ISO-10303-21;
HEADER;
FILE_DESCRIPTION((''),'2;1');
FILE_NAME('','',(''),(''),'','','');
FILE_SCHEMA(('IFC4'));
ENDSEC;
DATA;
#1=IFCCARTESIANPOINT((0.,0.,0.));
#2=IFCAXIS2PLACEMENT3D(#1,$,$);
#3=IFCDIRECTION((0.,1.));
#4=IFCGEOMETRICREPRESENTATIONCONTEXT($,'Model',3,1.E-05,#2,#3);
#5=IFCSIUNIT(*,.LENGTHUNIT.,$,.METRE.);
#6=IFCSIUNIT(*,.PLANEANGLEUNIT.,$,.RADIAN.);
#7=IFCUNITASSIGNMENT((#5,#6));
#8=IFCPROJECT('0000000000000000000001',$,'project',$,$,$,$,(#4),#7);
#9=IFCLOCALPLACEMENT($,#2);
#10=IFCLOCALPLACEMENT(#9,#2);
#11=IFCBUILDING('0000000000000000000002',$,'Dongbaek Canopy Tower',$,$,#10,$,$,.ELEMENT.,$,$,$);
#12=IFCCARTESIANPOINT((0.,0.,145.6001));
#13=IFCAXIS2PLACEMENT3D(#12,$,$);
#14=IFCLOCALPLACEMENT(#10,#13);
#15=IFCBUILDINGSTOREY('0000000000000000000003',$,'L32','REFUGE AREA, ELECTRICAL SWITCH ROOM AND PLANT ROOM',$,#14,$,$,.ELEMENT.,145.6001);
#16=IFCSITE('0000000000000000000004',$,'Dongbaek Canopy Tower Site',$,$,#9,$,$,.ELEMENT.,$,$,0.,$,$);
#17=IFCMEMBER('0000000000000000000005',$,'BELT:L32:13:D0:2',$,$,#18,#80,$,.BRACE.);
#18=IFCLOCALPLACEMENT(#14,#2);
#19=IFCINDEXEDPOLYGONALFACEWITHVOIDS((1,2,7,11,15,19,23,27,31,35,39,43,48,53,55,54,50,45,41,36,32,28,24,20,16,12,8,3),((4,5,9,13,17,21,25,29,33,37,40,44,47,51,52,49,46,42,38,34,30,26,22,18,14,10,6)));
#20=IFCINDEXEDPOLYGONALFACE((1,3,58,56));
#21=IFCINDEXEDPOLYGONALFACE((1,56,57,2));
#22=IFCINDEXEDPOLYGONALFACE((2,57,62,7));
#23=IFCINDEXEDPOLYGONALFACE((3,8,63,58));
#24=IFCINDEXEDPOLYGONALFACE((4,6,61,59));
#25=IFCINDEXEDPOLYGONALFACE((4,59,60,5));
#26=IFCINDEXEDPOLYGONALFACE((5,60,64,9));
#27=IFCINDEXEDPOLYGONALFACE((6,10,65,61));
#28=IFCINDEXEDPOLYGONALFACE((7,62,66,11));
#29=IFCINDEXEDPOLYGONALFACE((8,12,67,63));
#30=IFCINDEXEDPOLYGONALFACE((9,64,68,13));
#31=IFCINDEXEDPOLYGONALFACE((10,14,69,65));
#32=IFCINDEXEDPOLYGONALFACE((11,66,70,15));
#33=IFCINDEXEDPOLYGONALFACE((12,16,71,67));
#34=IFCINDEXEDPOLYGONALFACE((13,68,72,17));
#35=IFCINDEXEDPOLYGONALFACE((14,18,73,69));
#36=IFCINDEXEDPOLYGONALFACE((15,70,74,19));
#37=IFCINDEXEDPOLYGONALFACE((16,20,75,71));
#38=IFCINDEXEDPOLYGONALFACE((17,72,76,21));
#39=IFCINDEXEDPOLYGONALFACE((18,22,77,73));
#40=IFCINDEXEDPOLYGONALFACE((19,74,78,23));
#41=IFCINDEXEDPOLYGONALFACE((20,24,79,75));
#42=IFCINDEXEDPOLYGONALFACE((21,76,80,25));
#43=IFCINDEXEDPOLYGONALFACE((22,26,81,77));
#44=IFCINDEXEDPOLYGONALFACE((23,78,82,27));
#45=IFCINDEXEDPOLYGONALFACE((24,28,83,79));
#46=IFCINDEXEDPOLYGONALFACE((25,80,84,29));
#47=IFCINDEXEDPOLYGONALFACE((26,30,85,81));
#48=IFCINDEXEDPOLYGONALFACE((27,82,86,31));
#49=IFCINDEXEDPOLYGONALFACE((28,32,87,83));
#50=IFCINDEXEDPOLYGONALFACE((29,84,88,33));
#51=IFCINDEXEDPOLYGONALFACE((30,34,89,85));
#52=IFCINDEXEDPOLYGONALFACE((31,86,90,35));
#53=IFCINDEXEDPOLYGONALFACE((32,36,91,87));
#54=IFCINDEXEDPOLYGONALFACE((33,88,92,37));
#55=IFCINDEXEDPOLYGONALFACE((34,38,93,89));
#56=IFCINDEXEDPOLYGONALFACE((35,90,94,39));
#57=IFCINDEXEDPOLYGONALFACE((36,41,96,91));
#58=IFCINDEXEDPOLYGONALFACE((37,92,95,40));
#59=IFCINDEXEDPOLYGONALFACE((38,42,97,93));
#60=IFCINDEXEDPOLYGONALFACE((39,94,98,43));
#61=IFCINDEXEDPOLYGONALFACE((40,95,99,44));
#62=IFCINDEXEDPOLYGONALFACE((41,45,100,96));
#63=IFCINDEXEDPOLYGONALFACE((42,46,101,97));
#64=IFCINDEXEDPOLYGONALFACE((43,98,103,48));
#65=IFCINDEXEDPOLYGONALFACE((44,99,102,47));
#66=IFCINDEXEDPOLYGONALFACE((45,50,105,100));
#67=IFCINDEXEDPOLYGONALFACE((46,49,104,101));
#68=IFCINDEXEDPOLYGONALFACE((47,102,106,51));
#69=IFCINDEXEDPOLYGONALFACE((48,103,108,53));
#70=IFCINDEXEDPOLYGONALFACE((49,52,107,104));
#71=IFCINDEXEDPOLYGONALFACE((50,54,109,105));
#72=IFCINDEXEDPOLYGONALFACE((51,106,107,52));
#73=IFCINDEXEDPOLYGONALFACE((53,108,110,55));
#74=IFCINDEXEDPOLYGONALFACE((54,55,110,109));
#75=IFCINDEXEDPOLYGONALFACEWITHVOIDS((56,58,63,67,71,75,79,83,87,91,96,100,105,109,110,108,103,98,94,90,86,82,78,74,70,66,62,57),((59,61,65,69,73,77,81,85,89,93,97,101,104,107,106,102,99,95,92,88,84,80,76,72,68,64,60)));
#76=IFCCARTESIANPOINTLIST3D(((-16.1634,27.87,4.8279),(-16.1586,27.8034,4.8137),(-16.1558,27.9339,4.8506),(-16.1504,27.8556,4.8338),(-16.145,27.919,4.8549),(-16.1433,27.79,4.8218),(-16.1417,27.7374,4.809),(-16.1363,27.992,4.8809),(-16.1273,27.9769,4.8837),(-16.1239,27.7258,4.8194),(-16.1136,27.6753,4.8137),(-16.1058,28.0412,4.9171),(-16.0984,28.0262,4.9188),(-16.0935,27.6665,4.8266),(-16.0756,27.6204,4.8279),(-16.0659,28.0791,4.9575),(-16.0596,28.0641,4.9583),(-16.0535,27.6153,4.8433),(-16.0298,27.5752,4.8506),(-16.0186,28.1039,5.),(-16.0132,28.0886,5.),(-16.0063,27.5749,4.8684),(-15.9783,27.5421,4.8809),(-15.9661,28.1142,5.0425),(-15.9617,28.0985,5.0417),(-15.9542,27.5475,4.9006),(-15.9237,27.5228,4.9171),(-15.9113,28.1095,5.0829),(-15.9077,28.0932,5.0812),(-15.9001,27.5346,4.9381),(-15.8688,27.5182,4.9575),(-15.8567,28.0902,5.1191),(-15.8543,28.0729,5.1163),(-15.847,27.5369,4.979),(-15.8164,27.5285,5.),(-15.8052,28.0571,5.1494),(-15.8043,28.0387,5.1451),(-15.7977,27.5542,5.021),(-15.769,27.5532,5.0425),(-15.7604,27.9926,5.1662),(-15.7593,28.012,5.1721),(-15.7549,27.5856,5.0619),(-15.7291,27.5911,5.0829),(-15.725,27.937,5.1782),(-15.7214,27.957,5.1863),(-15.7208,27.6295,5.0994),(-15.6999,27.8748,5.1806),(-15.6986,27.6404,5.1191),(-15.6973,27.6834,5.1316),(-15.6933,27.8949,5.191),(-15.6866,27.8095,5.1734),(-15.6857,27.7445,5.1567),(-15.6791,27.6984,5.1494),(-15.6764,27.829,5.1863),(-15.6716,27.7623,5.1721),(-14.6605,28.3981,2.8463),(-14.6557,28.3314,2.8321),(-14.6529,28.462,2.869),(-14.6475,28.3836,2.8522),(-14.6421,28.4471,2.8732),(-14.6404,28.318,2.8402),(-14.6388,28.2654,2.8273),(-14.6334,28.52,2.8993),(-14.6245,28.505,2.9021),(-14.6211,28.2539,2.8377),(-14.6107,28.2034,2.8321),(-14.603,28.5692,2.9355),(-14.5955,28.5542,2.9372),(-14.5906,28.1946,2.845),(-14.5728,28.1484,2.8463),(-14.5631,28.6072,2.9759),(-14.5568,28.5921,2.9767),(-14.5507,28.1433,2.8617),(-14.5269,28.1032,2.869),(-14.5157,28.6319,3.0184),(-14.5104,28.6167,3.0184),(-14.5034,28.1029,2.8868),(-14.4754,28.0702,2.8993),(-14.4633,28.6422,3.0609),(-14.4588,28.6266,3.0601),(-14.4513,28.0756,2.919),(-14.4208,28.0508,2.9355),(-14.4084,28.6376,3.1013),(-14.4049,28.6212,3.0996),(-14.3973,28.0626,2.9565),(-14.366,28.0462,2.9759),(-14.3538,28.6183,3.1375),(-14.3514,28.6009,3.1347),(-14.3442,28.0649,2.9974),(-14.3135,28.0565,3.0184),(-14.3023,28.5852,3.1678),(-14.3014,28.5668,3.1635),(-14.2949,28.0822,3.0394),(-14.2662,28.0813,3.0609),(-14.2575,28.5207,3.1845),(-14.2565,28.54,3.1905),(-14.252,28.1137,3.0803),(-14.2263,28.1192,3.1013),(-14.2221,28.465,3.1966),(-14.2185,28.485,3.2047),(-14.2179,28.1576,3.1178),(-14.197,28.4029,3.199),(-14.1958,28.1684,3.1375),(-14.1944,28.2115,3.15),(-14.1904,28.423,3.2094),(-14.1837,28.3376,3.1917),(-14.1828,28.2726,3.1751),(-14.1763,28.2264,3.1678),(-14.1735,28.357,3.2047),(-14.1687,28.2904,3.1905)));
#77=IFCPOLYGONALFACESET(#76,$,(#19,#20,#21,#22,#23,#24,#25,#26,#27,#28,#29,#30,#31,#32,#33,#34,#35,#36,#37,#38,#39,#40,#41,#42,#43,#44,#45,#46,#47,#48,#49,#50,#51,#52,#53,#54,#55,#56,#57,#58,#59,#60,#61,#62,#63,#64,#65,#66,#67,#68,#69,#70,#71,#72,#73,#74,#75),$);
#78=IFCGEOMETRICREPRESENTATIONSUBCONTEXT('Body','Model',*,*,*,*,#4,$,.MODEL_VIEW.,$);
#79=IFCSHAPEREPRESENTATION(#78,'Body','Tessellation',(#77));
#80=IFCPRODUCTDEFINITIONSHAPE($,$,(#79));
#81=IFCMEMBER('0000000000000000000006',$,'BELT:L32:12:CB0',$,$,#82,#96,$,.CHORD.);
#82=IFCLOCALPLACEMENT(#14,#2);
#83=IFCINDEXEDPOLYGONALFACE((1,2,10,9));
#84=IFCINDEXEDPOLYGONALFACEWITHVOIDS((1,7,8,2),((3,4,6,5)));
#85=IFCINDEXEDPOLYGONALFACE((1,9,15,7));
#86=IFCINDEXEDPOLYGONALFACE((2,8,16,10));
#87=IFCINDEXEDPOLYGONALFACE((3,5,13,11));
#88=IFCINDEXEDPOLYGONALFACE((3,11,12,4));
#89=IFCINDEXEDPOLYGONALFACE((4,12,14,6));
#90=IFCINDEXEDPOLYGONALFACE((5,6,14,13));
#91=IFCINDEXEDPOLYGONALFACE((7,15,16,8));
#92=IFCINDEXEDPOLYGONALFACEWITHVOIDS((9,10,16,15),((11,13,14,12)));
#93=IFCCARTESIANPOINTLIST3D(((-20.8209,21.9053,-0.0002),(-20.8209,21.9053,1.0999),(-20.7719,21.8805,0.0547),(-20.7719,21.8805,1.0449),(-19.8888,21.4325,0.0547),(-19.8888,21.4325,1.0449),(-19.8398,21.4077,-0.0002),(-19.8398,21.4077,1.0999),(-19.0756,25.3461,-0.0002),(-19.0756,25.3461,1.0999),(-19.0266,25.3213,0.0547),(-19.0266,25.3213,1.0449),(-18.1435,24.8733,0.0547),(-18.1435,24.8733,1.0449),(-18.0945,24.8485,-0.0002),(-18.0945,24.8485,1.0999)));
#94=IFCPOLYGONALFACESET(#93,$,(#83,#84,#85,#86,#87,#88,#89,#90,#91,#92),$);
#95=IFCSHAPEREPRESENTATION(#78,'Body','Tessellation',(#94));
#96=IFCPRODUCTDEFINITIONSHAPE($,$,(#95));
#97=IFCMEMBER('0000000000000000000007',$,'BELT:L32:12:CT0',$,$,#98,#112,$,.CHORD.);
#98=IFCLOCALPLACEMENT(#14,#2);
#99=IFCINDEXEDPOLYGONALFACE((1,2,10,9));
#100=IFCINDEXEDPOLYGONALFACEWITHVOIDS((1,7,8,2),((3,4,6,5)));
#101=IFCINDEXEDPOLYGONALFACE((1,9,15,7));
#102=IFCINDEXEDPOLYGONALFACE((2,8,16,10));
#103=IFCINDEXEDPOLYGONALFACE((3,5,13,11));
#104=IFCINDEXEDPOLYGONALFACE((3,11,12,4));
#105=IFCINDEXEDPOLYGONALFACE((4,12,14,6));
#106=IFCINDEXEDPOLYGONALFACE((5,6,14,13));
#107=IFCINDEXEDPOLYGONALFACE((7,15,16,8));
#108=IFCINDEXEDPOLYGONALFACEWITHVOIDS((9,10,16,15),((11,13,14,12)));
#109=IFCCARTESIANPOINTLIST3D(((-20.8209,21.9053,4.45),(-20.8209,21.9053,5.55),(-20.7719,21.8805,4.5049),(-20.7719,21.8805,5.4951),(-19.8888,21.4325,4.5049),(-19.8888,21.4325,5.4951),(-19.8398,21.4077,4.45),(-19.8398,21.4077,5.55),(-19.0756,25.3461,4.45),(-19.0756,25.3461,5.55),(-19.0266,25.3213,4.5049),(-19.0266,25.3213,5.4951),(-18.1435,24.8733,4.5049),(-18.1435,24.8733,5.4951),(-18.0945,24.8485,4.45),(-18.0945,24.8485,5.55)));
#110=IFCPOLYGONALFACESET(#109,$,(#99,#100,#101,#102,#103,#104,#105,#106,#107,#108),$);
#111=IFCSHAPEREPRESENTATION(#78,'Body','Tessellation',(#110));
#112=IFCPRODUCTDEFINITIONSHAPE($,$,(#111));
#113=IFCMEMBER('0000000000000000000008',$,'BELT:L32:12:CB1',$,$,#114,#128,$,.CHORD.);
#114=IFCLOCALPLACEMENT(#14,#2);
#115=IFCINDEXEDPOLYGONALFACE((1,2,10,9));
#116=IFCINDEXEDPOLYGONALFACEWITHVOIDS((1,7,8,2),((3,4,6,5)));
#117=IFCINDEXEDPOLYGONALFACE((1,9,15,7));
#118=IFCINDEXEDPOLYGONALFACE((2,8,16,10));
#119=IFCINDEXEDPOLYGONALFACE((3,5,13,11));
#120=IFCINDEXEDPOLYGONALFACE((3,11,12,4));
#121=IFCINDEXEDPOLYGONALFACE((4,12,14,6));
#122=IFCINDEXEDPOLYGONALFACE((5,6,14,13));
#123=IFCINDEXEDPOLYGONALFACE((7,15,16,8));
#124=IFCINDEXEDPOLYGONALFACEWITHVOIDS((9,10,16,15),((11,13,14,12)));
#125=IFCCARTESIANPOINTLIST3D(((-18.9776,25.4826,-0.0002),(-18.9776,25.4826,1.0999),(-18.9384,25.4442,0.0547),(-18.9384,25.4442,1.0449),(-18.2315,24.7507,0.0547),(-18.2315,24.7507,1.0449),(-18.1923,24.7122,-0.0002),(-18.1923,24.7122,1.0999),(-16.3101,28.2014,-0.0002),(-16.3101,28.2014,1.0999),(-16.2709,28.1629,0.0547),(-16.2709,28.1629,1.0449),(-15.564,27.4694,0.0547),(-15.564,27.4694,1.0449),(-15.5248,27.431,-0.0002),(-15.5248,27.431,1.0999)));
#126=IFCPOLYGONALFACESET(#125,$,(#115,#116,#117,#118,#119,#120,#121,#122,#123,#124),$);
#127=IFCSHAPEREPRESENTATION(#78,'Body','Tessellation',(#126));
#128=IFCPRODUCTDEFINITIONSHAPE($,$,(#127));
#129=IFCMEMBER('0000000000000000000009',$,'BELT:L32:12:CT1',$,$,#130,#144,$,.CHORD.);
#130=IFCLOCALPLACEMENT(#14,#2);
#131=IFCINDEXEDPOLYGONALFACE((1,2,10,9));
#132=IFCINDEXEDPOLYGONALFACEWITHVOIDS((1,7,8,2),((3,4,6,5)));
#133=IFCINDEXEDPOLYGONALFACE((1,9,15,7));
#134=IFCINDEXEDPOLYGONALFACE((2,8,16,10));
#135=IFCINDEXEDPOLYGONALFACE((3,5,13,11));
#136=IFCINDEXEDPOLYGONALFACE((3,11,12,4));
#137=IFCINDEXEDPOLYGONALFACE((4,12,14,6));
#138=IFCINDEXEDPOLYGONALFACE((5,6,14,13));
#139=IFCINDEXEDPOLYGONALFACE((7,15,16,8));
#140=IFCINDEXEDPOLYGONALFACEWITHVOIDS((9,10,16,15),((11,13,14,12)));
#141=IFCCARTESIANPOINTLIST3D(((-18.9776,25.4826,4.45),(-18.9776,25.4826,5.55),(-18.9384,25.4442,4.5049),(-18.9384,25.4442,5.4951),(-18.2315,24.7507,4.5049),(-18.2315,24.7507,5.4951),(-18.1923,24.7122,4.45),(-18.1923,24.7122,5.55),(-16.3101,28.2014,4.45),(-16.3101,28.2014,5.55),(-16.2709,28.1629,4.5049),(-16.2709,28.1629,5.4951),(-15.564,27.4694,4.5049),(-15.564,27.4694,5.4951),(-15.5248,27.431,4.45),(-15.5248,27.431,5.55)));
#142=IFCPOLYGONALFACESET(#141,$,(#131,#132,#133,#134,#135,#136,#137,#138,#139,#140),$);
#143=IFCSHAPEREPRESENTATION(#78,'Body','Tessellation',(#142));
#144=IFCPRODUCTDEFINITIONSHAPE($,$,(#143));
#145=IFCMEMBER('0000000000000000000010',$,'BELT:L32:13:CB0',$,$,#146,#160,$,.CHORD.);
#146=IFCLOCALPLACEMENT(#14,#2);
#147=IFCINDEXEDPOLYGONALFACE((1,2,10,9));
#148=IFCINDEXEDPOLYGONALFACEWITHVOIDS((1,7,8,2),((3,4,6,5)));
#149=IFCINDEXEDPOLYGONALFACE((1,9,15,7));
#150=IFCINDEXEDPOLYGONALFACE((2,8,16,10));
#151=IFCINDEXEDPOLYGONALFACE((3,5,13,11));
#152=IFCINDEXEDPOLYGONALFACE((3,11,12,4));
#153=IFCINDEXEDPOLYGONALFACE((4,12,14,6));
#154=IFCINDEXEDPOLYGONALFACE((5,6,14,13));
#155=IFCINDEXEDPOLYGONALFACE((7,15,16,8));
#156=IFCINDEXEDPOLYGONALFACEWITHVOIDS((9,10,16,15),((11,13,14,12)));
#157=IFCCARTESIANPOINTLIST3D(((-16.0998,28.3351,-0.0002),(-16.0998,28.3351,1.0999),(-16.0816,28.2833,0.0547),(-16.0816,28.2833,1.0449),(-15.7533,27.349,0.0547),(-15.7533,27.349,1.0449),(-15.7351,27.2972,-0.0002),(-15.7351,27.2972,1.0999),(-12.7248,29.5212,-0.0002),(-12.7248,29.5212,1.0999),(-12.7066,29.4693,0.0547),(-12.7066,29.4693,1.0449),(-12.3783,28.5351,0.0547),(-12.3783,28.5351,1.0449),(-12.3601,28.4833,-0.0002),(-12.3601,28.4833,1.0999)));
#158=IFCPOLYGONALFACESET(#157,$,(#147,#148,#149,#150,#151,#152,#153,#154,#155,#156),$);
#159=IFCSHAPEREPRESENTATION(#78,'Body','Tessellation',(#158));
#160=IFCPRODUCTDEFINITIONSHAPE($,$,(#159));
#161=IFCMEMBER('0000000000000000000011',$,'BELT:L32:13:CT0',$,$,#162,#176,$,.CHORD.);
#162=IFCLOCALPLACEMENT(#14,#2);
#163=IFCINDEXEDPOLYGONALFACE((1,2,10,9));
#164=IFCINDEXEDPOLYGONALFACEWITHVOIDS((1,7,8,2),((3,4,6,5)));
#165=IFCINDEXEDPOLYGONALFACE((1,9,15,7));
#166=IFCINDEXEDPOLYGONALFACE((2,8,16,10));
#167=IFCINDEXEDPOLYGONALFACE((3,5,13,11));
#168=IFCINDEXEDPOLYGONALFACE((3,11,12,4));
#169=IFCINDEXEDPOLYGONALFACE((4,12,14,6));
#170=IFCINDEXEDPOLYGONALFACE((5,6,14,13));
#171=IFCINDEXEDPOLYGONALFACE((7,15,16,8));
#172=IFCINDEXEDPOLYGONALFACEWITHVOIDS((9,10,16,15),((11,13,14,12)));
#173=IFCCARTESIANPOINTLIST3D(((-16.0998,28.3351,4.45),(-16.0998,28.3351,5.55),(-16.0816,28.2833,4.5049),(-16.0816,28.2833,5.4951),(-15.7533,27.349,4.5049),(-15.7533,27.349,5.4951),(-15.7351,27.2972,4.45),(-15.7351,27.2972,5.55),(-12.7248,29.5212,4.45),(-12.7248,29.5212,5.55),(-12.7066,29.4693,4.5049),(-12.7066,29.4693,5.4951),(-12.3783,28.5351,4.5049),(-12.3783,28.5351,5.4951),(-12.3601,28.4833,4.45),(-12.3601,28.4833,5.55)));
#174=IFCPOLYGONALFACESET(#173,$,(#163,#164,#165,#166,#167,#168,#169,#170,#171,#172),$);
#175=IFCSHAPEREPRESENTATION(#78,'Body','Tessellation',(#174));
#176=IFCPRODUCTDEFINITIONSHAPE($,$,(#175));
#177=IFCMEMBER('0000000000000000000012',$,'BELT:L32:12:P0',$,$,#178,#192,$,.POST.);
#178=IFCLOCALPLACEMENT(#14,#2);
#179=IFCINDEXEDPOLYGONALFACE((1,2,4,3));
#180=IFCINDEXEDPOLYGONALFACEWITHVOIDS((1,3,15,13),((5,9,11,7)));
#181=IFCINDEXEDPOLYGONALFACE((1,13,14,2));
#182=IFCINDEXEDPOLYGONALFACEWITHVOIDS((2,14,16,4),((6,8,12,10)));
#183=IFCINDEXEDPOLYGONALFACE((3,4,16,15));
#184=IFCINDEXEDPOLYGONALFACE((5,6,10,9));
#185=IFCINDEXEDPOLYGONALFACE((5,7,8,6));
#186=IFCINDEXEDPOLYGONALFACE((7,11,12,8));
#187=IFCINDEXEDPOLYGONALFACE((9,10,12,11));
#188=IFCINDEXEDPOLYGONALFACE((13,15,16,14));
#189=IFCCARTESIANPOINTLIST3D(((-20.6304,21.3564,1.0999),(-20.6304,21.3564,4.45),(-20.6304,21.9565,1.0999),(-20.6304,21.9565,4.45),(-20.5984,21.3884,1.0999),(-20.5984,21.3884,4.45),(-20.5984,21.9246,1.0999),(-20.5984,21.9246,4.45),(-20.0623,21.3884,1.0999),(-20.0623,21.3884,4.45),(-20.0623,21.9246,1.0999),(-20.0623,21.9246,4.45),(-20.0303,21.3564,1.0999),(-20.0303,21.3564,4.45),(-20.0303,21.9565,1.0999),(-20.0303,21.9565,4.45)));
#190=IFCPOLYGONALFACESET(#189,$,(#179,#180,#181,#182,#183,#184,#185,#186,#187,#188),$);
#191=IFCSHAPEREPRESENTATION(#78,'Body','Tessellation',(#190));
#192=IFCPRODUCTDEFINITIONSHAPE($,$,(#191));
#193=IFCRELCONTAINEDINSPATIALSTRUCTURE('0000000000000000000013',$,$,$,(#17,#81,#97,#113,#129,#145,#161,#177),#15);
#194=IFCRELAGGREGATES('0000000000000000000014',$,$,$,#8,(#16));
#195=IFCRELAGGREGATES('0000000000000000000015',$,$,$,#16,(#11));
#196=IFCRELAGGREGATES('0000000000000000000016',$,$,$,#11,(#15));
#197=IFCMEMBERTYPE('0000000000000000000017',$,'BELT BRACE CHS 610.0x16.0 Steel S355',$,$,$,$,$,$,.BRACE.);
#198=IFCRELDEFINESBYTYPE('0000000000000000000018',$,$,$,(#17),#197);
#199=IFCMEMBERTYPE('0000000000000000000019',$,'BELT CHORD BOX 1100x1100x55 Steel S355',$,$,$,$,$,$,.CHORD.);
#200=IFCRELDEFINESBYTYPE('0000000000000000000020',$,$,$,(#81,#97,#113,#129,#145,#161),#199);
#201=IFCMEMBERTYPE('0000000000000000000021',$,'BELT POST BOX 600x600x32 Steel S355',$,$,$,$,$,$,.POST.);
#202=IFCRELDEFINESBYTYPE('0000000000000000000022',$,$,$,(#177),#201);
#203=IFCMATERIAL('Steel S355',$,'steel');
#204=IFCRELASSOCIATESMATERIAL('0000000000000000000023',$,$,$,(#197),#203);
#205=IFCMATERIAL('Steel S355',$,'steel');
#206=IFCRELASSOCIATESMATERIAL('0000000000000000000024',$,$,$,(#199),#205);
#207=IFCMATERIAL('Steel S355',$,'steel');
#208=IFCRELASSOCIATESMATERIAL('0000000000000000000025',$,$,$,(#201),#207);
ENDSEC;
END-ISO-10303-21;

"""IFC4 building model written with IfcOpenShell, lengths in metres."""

from ifc_helpers import new_model, si_unit, direction, frame, origin, origin_2d, place, context, subcontext, project, spatial, hollow_rectangle, hollow_circle, extrude, material, material_profile, profile_set, type_object, element, save


model = new_model("IFC4")

# Units and contexts
model_context = context("Model", 3, precision=1e-05, world=origin(), true_north=direction((0.0, 1.0)))
body_context = subcontext(model_context, "Body", "Model", "MODEL_VIEW")
ifc_project = project(units=[si_unit("LENGTHUNIT", "METRE"), si_unit("PLANEANGLEUNIT", "RADIAN")], contexts=[model_context])

# Site, building, storey
site_placement = place(None, origin())
site = spatial("IfcSite", under=ifc_project, at=site_placement, Name="Dongbaek Canopy Tower Site", CompositionType="ELEMENT", RefElevation=0.0)
building_placement = place(site_placement, origin())
building = spatial("IfcBuilding", under=site, at=building_placement, Name="Dongbaek Canopy Tower", CompositionType="ELEMENT")
storey_placement = place(building_placement, frame((0.0, 0.0, 145.6001)))
storey = spatial("IfcBuildingStorey", under=building, at=storey_placement, Name="L32", Description="REFUGE AREA, ELECTRICAL SWITCH ROOM AND PLANT ROOM", CompositionType="ELEMENT", Elevation=145.6001)

# Members
ifc_material_1 = material(Name="Steel S355", Category="steel")
ifc_material_profile_1 = material_profile(ifc_material_1, hollow_circle(Radius=0.3049, WallThickness=0.0161, at=origin_2d()), Name="BELT BRACE CHS 610.0x16.0 Steel S355")
ifc_profile_set_1 = profile_set([ifc_material_profile_1], Name="Steel S355")
member_type_1 = type_object("IfcMemberType", Name="BELT BRACE CHS 610.0x16.0 Steel S355", PredefinedType="BRACE", material=ifc_profile_set_1)
member_1_placement = place(storey_placement, frame((-15.9175, 27.8162, 5.0), z_axis=(0.591102, 0.207692, -0.779398), x_axis=(-0.331497, 0.943456, 0.0)))
element("IfcMember", 1, at=member_1_placement, inside=storey, type_object=member_type_1, Name="BELT:L32:13:D0:2", PredefinedType="BRACE", context=body_context, shape_type="SweptSolid", body=[
    extrude(hollow_circle(Radius=0.3049, WallThickness=0.0161, at=origin_2d()), origin(), (0.0, 0.0, 1.0), 2.5425),
])
ifc_material_2 = material(Name="Steel S355", Category="steel")
ifc_material_profile_2 = material_profile(ifc_material_2, hollow_rectangle(XDim=1.1001, YDim=1.1001, WallThickness=0.0549, at=origin_2d()), Name="BELT CHORD BOX 1100x1100x55 Steel S355")
ifc_profile_set_2 = profile_set([ifc_material_profile_2], Name="Steel S355")
member_type_2 = type_object("IfcMemberType", Name="BELT CHORD BOX 1100x1100x55 Steel S355", PredefinedType="CHORD", material=ifc_profile_set_2)
for number, where, z_axis, x_axis, name in (
    (2, (-20.3303, 21.6565, 0.5498), (0.45237, 0.891831, 0.0), (-0.891831, 0.45237, 0.0), "BELT:L32:12:CB0"),
    (3, (-20.3303, 21.6565, 5.0), (0.45237, 0.891831, 0.0), (-0.891831, 0.45237, 0.0), "BELT:L32:12:CT0"),
):
    element("IfcMember", number, at=place(storey_placement, frame(where, z_axis=z_axis, x_axis=x_axis)), inside=storey, type_object=member_type_2, Name=name, PredefinedType="CHORD", context=body_context, shape_type="SweptSolid", body=[
        extrude(hollow_rectangle(XDim=1.1001, YDim=1.1001, WallThickness=0.0549, at=origin_2d()), origin(), (0.0, 0.0, 1.0), 3.8582),
    ])
for number, where, z_axis, x_axis, name in (
    (4, (-18.585, 25.0974, 0.5498), (0.700344, 0.713805, 0.0), (-0.713805, 0.700344, 0.0), "BELT:L32:12:CB1"),
    (5, (-18.585, 25.0974, 5.0), (0.700344, 0.713805, 0.0), (-0.713805, 0.700344, 0.0), "BELT:L32:12:CT1"),
):
    element("IfcMember", number, at=place(storey_placement, frame(where, z_axis=z_axis, x_axis=x_axis)), inside=storey, type_object=member_type_2, Name=name, PredefinedType="CHORD", context=body_context, shape_type="SweptSolid", body=[
        extrude(hollow_rectangle(XDim=1.1001, YDim=1.1001, WallThickness=0.0549, at=origin_2d()), origin(), (0.0, 0.0, 1.0), 3.8088),
    ])
for number, where, z_axis, x_axis, name in (
    (6, (-15.9175, 27.8162, 0.5498), (0.943441, 0.331542, 0.0), (-0.331542, 0.943441, 0.0), "BELT:L32:13:CB0"),
    (7, (-15.9175, 27.8162, 5.0), (0.943441, 0.331542, 0.0), (-0.331542, 0.943441, 0.0), "BELT:L32:13:CT0"),
):
    element("IfcMember", number, at=place(storey_placement, frame(where, z_axis=z_axis, x_axis=x_axis)), inside=storey, type_object=member_type_2, Name=name, PredefinedType="CHORD", context=body_context, shape_type="SweptSolid", body=[
        extrude(hollow_rectangle(XDim=1.1001, YDim=1.1001, WallThickness=0.0549, at=origin_2d()), origin(), (0.0, 0.0, 1.0), 3.5774),
    ])
ifc_material_3 = material(Name="Steel S355", Category="steel")
ifc_material_profile_3 = material_profile(ifc_material_3, hollow_rectangle(XDim=0.6001, YDim=0.6001, WallThickness=0.032, at=origin_2d()), Name="BELT POST BOX 600x600x32 Steel S355")
ifc_profile_set_3 = profile_set([ifc_material_profile_3], Name="Steel S355")
member_type_3 = type_object("IfcMemberType", Name="BELT POST BOX 600x600x32 Steel S355", PredefinedType="POST", material=ifc_profile_set_3)
for number, where, z_axis, x_axis, name in (
    (8, (-20.3303, 21.6565, 1.0999), (0.0, 0.0, 1.0), (1.0, 0.0, 0.0), "BELT:L32:12:P0"),
):
    element("IfcMember", number, at=place(storey_placement, frame(where, z_axis=z_axis, x_axis=x_axis)), inside=storey, type_object=member_type_3, Name=name, PredefinedType="POST", context=body_context, shape_type="SweptSolid", body=[
        extrude(hollow_rectangle(XDim=0.6001, YDim=0.6001, WallThickness=0.032, at=origin_2d()), origin(), (0.0, 0.0, 1.0), 3.3501),
    ])

save(model, "model.ifc")
